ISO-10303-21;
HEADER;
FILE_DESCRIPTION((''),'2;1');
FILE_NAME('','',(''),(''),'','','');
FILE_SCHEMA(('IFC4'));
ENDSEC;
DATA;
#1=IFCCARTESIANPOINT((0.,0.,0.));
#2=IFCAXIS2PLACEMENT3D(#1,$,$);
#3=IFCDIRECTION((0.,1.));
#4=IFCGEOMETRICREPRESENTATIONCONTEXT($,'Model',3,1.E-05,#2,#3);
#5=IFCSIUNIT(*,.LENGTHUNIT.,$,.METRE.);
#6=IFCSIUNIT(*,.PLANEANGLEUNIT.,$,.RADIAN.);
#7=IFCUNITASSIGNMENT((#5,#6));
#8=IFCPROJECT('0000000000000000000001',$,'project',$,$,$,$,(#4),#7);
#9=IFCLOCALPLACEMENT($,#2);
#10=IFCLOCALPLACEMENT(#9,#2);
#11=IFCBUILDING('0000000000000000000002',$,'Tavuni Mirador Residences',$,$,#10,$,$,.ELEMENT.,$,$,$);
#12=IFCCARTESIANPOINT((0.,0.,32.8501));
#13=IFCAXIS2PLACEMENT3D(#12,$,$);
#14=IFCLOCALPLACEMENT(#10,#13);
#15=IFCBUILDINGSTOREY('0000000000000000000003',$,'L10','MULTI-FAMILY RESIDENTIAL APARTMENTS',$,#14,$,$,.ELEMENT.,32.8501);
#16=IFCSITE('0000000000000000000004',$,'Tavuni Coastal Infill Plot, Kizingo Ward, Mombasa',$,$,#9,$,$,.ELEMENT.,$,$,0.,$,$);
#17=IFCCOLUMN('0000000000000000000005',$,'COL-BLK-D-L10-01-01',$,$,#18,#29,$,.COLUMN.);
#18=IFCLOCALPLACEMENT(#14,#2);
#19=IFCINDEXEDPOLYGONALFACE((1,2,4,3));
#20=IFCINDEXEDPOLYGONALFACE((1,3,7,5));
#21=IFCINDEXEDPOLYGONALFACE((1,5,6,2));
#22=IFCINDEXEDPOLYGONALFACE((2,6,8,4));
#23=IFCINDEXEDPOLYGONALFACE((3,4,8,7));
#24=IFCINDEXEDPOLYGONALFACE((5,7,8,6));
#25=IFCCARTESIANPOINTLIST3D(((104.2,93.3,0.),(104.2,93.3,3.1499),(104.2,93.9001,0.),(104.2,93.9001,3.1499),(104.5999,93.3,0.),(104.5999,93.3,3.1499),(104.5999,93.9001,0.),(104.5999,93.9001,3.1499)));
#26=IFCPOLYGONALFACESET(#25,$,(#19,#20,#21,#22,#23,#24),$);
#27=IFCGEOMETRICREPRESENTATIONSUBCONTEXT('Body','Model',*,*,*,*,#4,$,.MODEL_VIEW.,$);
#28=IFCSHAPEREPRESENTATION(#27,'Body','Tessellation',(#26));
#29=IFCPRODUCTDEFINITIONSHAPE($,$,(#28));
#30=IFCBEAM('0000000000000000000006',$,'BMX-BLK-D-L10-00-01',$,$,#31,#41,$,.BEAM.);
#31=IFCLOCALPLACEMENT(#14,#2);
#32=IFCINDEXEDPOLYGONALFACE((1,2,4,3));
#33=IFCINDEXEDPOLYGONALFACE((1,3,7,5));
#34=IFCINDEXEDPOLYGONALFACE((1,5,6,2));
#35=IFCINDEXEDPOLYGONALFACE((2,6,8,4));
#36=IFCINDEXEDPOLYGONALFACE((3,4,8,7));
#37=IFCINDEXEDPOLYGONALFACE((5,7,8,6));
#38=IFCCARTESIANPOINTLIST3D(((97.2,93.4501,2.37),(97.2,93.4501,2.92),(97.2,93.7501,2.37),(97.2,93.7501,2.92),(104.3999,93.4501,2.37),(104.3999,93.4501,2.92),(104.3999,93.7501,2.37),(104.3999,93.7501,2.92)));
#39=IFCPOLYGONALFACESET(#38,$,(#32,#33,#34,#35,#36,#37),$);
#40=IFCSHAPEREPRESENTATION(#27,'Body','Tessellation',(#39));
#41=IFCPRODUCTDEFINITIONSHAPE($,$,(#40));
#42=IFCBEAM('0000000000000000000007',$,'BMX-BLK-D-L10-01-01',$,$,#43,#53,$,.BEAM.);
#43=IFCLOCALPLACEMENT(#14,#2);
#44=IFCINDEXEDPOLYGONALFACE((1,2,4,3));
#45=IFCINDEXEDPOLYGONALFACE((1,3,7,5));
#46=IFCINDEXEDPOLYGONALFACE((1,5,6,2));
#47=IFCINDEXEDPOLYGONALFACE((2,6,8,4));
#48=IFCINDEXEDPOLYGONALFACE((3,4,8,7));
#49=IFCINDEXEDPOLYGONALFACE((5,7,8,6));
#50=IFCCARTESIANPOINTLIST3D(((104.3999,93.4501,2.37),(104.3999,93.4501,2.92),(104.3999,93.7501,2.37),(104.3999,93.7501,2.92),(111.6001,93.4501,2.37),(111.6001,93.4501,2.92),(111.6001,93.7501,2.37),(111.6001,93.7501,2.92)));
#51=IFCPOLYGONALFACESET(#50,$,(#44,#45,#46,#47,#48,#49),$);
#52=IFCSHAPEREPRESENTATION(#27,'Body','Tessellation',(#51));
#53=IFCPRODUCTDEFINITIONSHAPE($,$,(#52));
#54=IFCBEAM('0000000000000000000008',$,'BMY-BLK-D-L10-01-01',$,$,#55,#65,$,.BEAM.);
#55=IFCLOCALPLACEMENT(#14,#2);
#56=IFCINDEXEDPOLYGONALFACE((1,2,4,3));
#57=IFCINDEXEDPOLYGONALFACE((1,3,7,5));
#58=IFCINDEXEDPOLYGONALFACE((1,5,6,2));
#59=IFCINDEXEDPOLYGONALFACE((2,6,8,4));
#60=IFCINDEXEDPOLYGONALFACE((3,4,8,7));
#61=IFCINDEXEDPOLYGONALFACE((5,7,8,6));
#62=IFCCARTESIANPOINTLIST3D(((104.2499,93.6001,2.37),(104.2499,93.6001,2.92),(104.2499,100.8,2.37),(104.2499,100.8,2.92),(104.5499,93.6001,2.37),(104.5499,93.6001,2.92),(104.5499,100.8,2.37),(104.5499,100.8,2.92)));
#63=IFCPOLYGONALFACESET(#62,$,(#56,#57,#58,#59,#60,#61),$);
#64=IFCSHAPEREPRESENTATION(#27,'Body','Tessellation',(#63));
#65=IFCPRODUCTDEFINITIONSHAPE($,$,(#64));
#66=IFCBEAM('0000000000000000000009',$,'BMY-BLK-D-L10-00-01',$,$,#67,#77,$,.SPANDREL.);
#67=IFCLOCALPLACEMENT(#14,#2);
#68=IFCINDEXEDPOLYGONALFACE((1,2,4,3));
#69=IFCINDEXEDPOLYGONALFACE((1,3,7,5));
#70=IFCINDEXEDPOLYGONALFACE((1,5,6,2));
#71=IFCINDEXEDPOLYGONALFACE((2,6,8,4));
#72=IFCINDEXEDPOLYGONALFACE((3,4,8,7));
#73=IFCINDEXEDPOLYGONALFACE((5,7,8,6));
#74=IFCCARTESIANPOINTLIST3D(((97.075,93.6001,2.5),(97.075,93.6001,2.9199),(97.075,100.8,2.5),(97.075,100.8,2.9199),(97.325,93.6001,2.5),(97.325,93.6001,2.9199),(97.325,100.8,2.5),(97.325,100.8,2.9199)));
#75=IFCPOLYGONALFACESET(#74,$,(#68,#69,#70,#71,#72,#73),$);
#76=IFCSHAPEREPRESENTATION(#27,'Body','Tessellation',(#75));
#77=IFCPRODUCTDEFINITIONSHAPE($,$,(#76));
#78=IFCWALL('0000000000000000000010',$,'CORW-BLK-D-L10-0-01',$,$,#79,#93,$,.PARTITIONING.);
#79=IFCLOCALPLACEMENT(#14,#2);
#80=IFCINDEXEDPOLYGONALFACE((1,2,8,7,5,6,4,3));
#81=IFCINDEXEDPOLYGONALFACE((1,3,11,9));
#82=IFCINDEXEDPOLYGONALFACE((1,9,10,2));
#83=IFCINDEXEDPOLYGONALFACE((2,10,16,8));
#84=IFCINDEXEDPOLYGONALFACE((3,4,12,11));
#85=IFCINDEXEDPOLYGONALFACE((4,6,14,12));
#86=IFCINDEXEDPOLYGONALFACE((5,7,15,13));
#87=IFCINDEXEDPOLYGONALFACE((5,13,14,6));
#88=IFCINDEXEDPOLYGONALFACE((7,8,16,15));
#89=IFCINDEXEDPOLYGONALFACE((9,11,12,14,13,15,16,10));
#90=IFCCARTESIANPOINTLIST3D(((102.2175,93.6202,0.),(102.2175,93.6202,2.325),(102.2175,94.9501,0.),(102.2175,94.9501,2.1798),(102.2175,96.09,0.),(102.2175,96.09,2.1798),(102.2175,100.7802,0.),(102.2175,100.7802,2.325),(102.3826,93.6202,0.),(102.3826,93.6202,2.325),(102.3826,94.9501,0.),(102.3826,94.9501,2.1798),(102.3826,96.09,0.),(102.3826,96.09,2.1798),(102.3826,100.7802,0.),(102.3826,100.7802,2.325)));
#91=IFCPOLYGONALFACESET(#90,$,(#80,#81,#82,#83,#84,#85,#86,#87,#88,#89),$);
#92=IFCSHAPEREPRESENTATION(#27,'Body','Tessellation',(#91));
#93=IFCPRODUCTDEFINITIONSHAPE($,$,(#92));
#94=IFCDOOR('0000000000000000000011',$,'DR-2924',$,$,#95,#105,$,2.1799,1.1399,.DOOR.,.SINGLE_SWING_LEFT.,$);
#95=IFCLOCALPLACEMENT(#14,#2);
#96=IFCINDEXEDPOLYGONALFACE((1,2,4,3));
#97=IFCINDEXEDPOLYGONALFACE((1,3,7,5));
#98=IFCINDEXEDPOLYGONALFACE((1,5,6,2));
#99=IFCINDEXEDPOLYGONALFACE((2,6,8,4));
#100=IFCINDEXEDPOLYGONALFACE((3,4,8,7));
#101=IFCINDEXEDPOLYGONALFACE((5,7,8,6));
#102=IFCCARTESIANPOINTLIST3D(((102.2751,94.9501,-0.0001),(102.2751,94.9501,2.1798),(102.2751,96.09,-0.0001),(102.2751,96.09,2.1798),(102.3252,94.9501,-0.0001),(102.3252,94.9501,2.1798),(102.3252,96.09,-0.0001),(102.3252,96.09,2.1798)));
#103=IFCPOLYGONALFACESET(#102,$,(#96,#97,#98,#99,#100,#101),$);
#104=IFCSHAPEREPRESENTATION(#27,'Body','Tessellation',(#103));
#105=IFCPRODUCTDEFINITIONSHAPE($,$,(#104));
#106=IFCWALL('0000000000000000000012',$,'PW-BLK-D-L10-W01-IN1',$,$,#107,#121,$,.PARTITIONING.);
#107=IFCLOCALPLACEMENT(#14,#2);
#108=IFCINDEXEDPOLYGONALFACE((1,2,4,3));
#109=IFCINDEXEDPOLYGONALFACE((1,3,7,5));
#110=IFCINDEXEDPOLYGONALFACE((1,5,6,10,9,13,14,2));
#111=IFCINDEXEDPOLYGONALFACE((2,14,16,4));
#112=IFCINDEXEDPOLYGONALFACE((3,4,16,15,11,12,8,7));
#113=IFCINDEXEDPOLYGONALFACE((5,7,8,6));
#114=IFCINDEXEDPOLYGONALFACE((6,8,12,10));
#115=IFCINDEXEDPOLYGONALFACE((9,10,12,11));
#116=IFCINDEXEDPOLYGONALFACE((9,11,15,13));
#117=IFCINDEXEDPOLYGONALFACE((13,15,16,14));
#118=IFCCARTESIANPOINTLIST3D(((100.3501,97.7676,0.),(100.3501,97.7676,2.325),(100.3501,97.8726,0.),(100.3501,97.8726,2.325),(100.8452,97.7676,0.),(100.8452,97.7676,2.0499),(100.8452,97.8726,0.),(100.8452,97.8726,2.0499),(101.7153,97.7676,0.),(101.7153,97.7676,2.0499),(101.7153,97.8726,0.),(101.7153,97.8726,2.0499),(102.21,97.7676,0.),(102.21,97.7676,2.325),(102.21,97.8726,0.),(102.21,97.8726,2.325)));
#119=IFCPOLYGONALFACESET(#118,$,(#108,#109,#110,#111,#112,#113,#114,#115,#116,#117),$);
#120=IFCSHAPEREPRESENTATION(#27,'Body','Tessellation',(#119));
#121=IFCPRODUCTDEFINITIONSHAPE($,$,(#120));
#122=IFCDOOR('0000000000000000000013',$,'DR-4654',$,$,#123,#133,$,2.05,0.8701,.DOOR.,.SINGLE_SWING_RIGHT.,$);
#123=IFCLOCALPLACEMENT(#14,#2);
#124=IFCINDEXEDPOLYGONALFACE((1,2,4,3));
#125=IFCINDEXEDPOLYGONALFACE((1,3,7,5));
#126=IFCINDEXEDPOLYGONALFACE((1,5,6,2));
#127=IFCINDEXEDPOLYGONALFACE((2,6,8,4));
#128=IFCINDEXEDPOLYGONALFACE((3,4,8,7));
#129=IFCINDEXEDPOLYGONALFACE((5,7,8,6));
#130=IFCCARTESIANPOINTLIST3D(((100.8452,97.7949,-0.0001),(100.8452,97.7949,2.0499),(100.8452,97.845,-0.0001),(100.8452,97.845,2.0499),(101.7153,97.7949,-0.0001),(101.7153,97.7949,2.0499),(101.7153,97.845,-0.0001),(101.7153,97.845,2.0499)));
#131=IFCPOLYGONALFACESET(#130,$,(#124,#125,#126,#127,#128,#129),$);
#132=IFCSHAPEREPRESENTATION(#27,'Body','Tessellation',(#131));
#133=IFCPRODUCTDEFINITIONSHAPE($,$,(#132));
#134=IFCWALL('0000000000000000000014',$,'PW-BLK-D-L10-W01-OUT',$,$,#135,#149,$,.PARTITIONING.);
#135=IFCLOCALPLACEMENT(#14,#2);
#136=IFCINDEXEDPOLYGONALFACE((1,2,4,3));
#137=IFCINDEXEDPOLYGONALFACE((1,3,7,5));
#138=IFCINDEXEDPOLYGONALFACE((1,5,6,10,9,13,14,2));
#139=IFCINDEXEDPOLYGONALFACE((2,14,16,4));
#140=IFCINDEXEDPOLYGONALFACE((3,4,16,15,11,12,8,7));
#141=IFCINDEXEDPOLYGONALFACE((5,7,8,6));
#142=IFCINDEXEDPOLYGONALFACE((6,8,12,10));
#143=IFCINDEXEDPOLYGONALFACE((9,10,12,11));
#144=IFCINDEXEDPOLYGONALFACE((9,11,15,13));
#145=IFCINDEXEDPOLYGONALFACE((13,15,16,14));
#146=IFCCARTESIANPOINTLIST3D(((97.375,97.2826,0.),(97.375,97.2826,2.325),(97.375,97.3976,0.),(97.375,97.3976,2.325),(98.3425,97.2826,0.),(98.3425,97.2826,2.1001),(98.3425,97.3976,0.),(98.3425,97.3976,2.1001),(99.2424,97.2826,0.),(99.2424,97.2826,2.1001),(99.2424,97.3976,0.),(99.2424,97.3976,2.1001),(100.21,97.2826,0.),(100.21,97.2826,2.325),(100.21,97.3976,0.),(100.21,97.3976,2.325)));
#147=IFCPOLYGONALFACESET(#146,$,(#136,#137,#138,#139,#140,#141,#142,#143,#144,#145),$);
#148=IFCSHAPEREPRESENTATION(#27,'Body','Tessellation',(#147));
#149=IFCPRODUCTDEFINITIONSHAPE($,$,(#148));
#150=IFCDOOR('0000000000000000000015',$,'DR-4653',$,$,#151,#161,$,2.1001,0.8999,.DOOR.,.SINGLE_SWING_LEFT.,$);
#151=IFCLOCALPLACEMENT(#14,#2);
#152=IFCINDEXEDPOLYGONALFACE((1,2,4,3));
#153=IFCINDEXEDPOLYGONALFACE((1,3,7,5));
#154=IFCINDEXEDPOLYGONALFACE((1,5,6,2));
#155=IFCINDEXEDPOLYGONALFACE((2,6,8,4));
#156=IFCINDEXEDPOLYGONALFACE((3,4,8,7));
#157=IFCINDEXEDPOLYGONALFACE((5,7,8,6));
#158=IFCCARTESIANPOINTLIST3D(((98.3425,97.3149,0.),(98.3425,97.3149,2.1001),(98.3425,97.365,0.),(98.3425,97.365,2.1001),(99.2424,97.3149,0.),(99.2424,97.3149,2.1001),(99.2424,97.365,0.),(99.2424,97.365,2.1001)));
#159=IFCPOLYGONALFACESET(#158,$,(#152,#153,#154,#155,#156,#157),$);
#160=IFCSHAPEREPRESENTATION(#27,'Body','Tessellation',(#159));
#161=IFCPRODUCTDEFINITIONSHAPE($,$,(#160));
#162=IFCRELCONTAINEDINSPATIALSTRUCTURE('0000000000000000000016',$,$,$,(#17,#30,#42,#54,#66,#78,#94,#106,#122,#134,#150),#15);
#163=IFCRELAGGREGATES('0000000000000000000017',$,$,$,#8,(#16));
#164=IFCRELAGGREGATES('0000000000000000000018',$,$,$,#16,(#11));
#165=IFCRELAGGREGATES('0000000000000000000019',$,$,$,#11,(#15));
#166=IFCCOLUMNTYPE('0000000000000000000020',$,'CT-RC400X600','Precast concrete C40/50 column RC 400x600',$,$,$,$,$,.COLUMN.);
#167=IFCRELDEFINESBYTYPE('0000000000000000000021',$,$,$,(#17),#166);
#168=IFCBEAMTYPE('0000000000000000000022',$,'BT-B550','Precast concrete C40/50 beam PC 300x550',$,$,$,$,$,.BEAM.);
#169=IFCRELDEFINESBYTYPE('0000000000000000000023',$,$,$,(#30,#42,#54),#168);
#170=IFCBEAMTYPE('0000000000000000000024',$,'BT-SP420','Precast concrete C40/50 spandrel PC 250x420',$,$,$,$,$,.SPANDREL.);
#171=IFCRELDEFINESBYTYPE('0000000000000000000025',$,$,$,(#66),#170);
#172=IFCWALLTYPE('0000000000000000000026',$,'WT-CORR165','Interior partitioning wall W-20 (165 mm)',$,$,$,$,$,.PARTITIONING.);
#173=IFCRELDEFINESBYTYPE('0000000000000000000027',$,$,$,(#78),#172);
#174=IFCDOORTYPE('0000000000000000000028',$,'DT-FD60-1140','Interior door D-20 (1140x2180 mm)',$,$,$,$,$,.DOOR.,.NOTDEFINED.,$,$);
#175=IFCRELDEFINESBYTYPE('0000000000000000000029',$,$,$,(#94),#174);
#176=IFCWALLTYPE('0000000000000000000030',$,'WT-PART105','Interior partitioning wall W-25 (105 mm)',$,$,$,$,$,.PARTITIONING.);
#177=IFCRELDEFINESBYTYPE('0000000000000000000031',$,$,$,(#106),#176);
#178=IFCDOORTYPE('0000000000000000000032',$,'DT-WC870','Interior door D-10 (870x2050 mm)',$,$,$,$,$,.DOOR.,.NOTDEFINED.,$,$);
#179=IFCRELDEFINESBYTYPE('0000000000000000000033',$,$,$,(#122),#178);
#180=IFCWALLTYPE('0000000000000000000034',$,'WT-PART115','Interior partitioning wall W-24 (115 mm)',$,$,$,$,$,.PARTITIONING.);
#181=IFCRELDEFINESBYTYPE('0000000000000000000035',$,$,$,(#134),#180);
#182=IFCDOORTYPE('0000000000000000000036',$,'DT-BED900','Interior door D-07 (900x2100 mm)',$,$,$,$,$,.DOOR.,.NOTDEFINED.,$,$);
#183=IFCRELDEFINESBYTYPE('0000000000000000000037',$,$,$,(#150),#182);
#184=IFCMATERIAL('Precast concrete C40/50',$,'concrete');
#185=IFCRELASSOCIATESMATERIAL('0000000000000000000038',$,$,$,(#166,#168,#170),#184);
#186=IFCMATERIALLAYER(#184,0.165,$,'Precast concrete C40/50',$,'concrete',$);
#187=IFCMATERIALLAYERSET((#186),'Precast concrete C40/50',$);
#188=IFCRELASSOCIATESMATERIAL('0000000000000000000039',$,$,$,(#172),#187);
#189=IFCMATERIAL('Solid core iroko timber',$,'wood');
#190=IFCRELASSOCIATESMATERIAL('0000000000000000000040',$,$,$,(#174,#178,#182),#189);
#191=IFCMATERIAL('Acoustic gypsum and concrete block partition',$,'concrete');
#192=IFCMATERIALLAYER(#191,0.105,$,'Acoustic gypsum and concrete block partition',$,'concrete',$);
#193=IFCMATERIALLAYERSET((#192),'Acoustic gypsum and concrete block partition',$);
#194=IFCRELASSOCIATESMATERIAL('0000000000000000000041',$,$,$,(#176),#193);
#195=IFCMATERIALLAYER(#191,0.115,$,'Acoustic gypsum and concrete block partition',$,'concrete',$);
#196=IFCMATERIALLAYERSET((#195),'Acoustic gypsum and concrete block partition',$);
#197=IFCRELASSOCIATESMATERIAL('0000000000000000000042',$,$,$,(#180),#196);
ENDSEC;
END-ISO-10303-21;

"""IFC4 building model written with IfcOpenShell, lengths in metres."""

from ifc_helpers import new_model, si_unit, direction, frame, frame_2d, origin, origin_2d, place, context, subcontext, project, spatial, rectangle, extrude, material, layer, layer_set, material_profile, profile_set, type_object, element, fill, save


model = new_model("IFC4")

# Units and contexts
model_context = context("Model", 3, precision=1e-05, world=origin(), true_north=direction((0.0, 1.0)))
body_context = subcontext(model_context, "Body", "Model", "MODEL_VIEW")
ifc_project = project(units=[si_unit("LENGTHUNIT", "METRE"), si_unit("PLANEANGLEUNIT", "RADIAN")], contexts=[model_context])

# Site, building, storey
site_placement = place(None, origin())
site = spatial("IfcSite", under=ifc_project, at=site_placement, Name="Tavuni Coastal Infill Plot, Kizingo Ward, Mombasa", CompositionType="ELEMENT", RefElevation=0.0)
building_placement = place(site_placement, origin())
building = spatial("IfcBuilding", under=site, at=building_placement, Name="Tavuni Mirador Residences", CompositionType="ELEMENT")
storey_placement = place(building_placement, frame((0.0, 0.0, 32.8501)))
storey = spatial("IfcBuildingStorey", under=building, at=storey_placement, Name="L10", Description="MULTI-FAMILY RESIDENTIAL APARTMENTS", CompositionType="ELEMENT", Elevation=32.8501)

# Column
ifc_material_1 = material(Name="Precast concrete C40/50", Category="concrete")
ifc_material_profile_1 = material_profile(ifc_material_1, rectangle(XDim=0.3999, YDim=0.6001, at=origin_2d()), Name="RC 400x600", Category="concrete")
ifc_profile_set_1 = profile_set([ifc_material_profile_1], Name="Precast concrete C40/50")
column_type = type_object("IfcColumnType", Name="CT-RC400X600", Description="Precast concrete C40/50 column RC 400x600", PredefinedType="COLUMN", material=ifc_profile_set_1)
column_placement = place(storey_placement, frame((104.3999, 93.6001, 0.0), z_axis=(0.0, 0.0, 1.0), x_axis=(1.0, 0.0, 0.0)))
element("IfcColumn", 1, at=column_placement, inside=storey, type_object=column_type, Name="COL-BLK-D-L10-01-01", PredefinedType="COLUMN", context=body_context, shape_type="SweptSolid", body=[
    extrude(rectangle(XDim=0.3999, YDim=0.6001, at=origin_2d()), origin(), (0.0, 0.0, 1.0), 3.1499),
])

# Beams
ifc_material_profile_2 = material_profile(ifc_material_1, rectangle(XDim=0.3, YDim=0.55, at=origin_2d()), Name="PC 300x550", Category="concrete")
ifc_profile_set_2 = profile_set([ifc_material_profile_2], Name="Precast concrete C40/50")
beam_type_1 = type_object("IfcBeamType", Name="BT-B550", Description="Precast concrete C40/50 beam PC 300x550", PredefinedType="BEAM", material=ifc_profile_set_2)
beam_1_placement = place(storey_placement, frame((97.2, 93.6001, 2.645), z_axis=(1.0, 0.0, 0.0), x_axis=(0.0, 1.0, 0.0)))
element("IfcBeam", 2, at=beam_1_placement, inside=storey, type_object=beam_type_1, Name="BMX-BLK-D-L10-00-01", PredefinedType="BEAM", context=body_context, shape_type="SweptSolid", body=[
    extrude(rectangle(XDim=0.3, YDim=0.55, at=origin_2d()), origin(), (0.0, 0.0, 1.0), 7.2),
])
beam_2_placement = place(storey_placement, frame((104.3999, 93.6001, 2.645), z_axis=(1.0, 0.0, 0.0), x_axis=(0.0, 1.0, 0.0)))
element("IfcBeam", 3, at=beam_2_placement, inside=storey, type_object=beam_type_1, Name="BMX-BLK-D-L10-01-01", PredefinedType="BEAM", context=body_context, shape_type="SweptSolid", body=[
    extrude(rectangle(XDim=0.3, YDim=0.55, at=origin_2d()), origin(), (0.0, 0.0, 1.0), 7.2002),
])
beam_3_placement = place(storey_placement, frame((104.3999, 93.6001, 2.645), z_axis=(0.0, 1.0, 0.0), x_axis=(-1.0, 0.0, 0.0)))
element("IfcBeam", 4, at=beam_3_placement, inside=storey, type_object=beam_type_1, Name="BMY-BLK-D-L10-01-01", PredefinedType="BEAM", context=body_context, shape_type="SweptSolid", body=[
    extrude(rectangle(XDim=0.3, YDim=0.55, at=origin_2d()), origin(), (0.0, 0.0, 1.0), 7.2),
])
ifc_material_profile_3 = material_profile(ifc_material_1, rectangle(XDim=0.25, YDim=0.4199, at=origin_2d()), Name="PC 250x420", Category="concrete")
ifc_profile_set_3 = profile_set([ifc_material_profile_3], Name="Precast concrete C40/50")
beam_type_2 = type_object("IfcBeamType", Name="BT-SP420", Description="Precast concrete C40/50 spandrel PC 250x420", PredefinedType="SPANDREL", material=ifc_profile_set_3)
beam_4_placement = place(storey_placement, frame((97.2, 93.6001, 2.71), z_axis=(0.0, 1.0, 0.0), x_axis=(-1.0, 0.0, 0.0)))
element("IfcBeam", 5, at=beam_4_placement, inside=storey, type_object=beam_type_2, Name="BMY-BLK-D-L10-00-01", PredefinedType="SPANDREL", context=body_context, shape_type="SweptSolid", body=[
    extrude(rectangle(XDim=0.25, YDim=0.4199, at=origin_2d()), origin(), (0.0, 0.0, 1.0), 7.2),
])

# Walls, openings, doors
ifc_material_2 = material(Name="Solid core iroko timber", Category="wood")
ifc_layer_1 = layer(ifc_material_1, 0.165, Name="Precast concrete C40/50", Category="concrete")
ifc_layer_set_1 = layer_set([ifc_layer_1], Name="Precast concrete C40/50")
wall_type_1 = type_object("IfcWallType", Name="WT-CORR165", Description="Interior partitioning wall W-20 (165 mm)", PredefinedType="PARTITIONING", material=ifc_layer_set_1)
wall_1_placement = place(storey_placement, frame((102.3, 93.6201, 0.0), z_axis=(0.0, 0.0, 1.0), x_axis=(0.0, 1.0, 0.0)))
wall_1 = element("IfcWall", 6, at=wall_1_placement, inside=storey, type_object=wall_type_1, Name="CORW-BLK-D-L10-0-01", PredefinedType="PARTITIONING", context=body_context, shape_type="SweptSolid", body=[
    extrude(rectangle(XDim=7.1599, YDim=0.165, at=frame_2d((3.5801, 0.0))), origin(), (0.0, 0.0, 1.0), 2.325),
])
opening_1_placement = place(wall_1_placement, frame((1.3301, 0.0, 0.0)))
opening_1 = element("IfcOpeningElement", 7, at=opening_1_placement, cuts=wall_1, PredefinedType="OPENING", context=body_context, shape_type="SweptSolid", body=[
    extrude(rectangle(XDim=1.1399, YDim=2.1799, at=frame_2d((0.5698, 1.0898))), frame((0.0, 0.0925, 0.0), z_axis=(0.0, -1.0, 0.0), x_axis=(1.0, 0.0, 0.0)), (0.0, 0.0, 1.0), 0.1851),
])
door_type_1 = type_object("IfcDoorType", Name="DT-FD60-1140", Description="Interior door D-20 (1140x2180 mm)", OperationType="NOTDEFINED", PredefinedType="DOOR", material=ifc_material_2)
door_1_placement = place(opening_1_placement, origin())
door_1 = element("IfcDoor", 8, at=door_1_placement, inside=storey, type_object=door_type_1, Name="DR-2924", OperationType="SINGLE_SWING_LEFT", OverallHeight=2.1799, OverallWidth=1.1399, PredefinedType="DOOR", context=body_context, shape_type="SweptSolid", body=[
    extrude(rectangle(XDim=1.1399, YDim=2.1799, at=frame_2d((0.5698, 1.0898))), frame((0.0, 0.0249, 0.0), z_axis=(0.0, -1.0, 0.0), x_axis=(1.0, 0.0, 0.0)), (0.0, 0.0, 1.0), 0.05),
])
fill(opening_1, door_1)
ifc_material_3 = material(Name="Acoustic gypsum and concrete block partition", Category="concrete")
ifc_layer_2 = layer(ifc_material_3, 0.105, Name="Acoustic gypsum and concrete block partition", Category="concrete")
ifc_layer_set_2 = layer_set([ifc_layer_2], Name="Acoustic gypsum and concrete block partition")
wall_type_2 = type_object("IfcWallType", Name="WT-PART105", Description="Interior partitioning wall W-25 (105 mm)", PredefinedType="PARTITIONING", material=ifc_layer_set_2)
wall_2_placement = place(storey_placement, frame((100.3501, 97.8201, 0.0), z_axis=(0.0, 0.0, 1.0), x_axis=(1.0, 0.0, 0.0)))
wall_2 = element("IfcWall", 9, at=wall_2_placement, inside=storey, type_object=wall_type_2, Name="PW-BLK-D-L10-W01-IN1", PredefinedType="PARTITIONING", context=body_context, shape_type="SweptSolid", body=[
    extrude(rectangle(XDim=1.8599, YDim=0.105, at=frame_2d((0.9299, 0.0))), origin(), (0.0, 0.0, 1.0), 2.325),
])
opening_2_placement = place(wall_2_placement, frame((0.4951, 0.0, 0.0)))
opening_2 = element("IfcOpeningElement", 10, at=opening_2_placement, cuts=wall_2, PredefinedType="OPENING", context=body_context, shape_type="SweptSolid", body=[
    extrude(rectangle(XDim=0.8701, YDim=2.05, at=frame_2d((0.4351, 1.0249))), frame((0.0, 0.0625, 0.0), z_axis=(0.0, -1.0, 0.0), x_axis=(1.0, 0.0, 0.0)), (0.0, 0.0, 1.0), 0.125),
])
door_type_2 = type_object("IfcDoorType", Name="DT-WC870", Description="Interior door D-10 (870x2050 mm)", OperationType="NOTDEFINED", PredefinedType="DOOR", material=ifc_material_2)
door_2_placement = place(opening_2_placement, origin())
door_2 = element("IfcDoor", 11, at=door_2_placement, inside=storey, type_object=door_type_2, Name="DR-4654", OperationType="SINGLE_SWING_RIGHT", OverallHeight=2.05, OverallWidth=0.8701, PredefinedType="DOOR", context=body_context, shape_type="SweptSolid", body=[
    extrude(rectangle(XDim=0.8701, YDim=2.05, at=frame_2d((0.4351, 1.0249))), frame((0.0, 0.0249, 0.0), z_axis=(0.0, -1.0, 0.0), x_axis=(1.0, 0.0, 0.0)), (0.0, 0.0, 1.0), 0.05),
])
fill(opening_2, door_2)
ifc_layer_3 = layer(ifc_material_3, 0.115, Name="Acoustic gypsum and concrete block partition", Category="concrete")
ifc_layer_set_3 = layer_set([ifc_layer_3], Name="Acoustic gypsum and concrete block partition")
wall_type_3 = type_object("IfcWallType", Name="WT-PART115", Description="Interior partitioning wall W-24 (115 mm)", PredefinedType="PARTITIONING", material=ifc_layer_set_3)
wall_3_placement = place(storey_placement, frame((97.375, 97.3401, 0.0), z_axis=(0.0, 0.0, 1.0), x_axis=(1.0, 0.0, 0.0)))
wall_3 = element("IfcWall", 12, at=wall_3_placement, inside=storey, type_object=wall_type_3, Name="PW-BLK-D-L10-W01-OUT", PredefinedType="PARTITIONING", context=body_context, shape_type="SweptSolid", body=[
    extrude(rectangle(XDim=2.835, YDim=0.115, at=frame_2d((1.4175, 0.0))), origin(), (0.0, 0.0, 1.0), 2.325),
])
opening_3_placement = place(wall_3_placement, frame((0.9675, 0.0, 0.0)))
opening_3 = element("IfcOpeningElement", 13, at=opening_3_placement, cuts=wall_3, PredefinedType="OPENING", context=body_context, shape_type="SweptSolid", body=[
    extrude(rectangle(XDim=0.8999, YDim=2.1001, at=frame_2d((0.45, 1.05))), frame((0.0, 0.0674, 0.0), z_axis=(0.0, -1.0, 0.0), x_axis=(1.0, 0.0, 0.0)), (0.0, 0.0, 1.0), 0.135),
])
door_type_3 = type_object("IfcDoorType", Name="DT-BED900", Description="Interior door D-07 (900x2100 mm)", OperationType="NOTDEFINED", PredefinedType="DOOR", material=ifc_material_2)
door_3_placement = place(opening_3_placement, origin())
door_3 = element("IfcDoor", 14, at=door_3_placement, inside=storey, type_object=door_type_3, Name="DR-4653", OperationType="SINGLE_SWING_LEFT", OverallHeight=2.1001, OverallWidth=0.8999, PredefinedType="DOOR", context=body_context, shape_type="SweptSolid", body=[
    extrude(rectangle(XDim=0.8999, YDim=2.1001, at=frame_2d((0.45, 1.05))), frame((0.0, 0.0249, 0.0), z_axis=(0.0, -1.0, 0.0), x_axis=(1.0, 0.0, 0.0)), (0.0, 0.0, 1.0), 0.05),
])
fill(opening_3, door_3)

save(model, "model.ifc")
